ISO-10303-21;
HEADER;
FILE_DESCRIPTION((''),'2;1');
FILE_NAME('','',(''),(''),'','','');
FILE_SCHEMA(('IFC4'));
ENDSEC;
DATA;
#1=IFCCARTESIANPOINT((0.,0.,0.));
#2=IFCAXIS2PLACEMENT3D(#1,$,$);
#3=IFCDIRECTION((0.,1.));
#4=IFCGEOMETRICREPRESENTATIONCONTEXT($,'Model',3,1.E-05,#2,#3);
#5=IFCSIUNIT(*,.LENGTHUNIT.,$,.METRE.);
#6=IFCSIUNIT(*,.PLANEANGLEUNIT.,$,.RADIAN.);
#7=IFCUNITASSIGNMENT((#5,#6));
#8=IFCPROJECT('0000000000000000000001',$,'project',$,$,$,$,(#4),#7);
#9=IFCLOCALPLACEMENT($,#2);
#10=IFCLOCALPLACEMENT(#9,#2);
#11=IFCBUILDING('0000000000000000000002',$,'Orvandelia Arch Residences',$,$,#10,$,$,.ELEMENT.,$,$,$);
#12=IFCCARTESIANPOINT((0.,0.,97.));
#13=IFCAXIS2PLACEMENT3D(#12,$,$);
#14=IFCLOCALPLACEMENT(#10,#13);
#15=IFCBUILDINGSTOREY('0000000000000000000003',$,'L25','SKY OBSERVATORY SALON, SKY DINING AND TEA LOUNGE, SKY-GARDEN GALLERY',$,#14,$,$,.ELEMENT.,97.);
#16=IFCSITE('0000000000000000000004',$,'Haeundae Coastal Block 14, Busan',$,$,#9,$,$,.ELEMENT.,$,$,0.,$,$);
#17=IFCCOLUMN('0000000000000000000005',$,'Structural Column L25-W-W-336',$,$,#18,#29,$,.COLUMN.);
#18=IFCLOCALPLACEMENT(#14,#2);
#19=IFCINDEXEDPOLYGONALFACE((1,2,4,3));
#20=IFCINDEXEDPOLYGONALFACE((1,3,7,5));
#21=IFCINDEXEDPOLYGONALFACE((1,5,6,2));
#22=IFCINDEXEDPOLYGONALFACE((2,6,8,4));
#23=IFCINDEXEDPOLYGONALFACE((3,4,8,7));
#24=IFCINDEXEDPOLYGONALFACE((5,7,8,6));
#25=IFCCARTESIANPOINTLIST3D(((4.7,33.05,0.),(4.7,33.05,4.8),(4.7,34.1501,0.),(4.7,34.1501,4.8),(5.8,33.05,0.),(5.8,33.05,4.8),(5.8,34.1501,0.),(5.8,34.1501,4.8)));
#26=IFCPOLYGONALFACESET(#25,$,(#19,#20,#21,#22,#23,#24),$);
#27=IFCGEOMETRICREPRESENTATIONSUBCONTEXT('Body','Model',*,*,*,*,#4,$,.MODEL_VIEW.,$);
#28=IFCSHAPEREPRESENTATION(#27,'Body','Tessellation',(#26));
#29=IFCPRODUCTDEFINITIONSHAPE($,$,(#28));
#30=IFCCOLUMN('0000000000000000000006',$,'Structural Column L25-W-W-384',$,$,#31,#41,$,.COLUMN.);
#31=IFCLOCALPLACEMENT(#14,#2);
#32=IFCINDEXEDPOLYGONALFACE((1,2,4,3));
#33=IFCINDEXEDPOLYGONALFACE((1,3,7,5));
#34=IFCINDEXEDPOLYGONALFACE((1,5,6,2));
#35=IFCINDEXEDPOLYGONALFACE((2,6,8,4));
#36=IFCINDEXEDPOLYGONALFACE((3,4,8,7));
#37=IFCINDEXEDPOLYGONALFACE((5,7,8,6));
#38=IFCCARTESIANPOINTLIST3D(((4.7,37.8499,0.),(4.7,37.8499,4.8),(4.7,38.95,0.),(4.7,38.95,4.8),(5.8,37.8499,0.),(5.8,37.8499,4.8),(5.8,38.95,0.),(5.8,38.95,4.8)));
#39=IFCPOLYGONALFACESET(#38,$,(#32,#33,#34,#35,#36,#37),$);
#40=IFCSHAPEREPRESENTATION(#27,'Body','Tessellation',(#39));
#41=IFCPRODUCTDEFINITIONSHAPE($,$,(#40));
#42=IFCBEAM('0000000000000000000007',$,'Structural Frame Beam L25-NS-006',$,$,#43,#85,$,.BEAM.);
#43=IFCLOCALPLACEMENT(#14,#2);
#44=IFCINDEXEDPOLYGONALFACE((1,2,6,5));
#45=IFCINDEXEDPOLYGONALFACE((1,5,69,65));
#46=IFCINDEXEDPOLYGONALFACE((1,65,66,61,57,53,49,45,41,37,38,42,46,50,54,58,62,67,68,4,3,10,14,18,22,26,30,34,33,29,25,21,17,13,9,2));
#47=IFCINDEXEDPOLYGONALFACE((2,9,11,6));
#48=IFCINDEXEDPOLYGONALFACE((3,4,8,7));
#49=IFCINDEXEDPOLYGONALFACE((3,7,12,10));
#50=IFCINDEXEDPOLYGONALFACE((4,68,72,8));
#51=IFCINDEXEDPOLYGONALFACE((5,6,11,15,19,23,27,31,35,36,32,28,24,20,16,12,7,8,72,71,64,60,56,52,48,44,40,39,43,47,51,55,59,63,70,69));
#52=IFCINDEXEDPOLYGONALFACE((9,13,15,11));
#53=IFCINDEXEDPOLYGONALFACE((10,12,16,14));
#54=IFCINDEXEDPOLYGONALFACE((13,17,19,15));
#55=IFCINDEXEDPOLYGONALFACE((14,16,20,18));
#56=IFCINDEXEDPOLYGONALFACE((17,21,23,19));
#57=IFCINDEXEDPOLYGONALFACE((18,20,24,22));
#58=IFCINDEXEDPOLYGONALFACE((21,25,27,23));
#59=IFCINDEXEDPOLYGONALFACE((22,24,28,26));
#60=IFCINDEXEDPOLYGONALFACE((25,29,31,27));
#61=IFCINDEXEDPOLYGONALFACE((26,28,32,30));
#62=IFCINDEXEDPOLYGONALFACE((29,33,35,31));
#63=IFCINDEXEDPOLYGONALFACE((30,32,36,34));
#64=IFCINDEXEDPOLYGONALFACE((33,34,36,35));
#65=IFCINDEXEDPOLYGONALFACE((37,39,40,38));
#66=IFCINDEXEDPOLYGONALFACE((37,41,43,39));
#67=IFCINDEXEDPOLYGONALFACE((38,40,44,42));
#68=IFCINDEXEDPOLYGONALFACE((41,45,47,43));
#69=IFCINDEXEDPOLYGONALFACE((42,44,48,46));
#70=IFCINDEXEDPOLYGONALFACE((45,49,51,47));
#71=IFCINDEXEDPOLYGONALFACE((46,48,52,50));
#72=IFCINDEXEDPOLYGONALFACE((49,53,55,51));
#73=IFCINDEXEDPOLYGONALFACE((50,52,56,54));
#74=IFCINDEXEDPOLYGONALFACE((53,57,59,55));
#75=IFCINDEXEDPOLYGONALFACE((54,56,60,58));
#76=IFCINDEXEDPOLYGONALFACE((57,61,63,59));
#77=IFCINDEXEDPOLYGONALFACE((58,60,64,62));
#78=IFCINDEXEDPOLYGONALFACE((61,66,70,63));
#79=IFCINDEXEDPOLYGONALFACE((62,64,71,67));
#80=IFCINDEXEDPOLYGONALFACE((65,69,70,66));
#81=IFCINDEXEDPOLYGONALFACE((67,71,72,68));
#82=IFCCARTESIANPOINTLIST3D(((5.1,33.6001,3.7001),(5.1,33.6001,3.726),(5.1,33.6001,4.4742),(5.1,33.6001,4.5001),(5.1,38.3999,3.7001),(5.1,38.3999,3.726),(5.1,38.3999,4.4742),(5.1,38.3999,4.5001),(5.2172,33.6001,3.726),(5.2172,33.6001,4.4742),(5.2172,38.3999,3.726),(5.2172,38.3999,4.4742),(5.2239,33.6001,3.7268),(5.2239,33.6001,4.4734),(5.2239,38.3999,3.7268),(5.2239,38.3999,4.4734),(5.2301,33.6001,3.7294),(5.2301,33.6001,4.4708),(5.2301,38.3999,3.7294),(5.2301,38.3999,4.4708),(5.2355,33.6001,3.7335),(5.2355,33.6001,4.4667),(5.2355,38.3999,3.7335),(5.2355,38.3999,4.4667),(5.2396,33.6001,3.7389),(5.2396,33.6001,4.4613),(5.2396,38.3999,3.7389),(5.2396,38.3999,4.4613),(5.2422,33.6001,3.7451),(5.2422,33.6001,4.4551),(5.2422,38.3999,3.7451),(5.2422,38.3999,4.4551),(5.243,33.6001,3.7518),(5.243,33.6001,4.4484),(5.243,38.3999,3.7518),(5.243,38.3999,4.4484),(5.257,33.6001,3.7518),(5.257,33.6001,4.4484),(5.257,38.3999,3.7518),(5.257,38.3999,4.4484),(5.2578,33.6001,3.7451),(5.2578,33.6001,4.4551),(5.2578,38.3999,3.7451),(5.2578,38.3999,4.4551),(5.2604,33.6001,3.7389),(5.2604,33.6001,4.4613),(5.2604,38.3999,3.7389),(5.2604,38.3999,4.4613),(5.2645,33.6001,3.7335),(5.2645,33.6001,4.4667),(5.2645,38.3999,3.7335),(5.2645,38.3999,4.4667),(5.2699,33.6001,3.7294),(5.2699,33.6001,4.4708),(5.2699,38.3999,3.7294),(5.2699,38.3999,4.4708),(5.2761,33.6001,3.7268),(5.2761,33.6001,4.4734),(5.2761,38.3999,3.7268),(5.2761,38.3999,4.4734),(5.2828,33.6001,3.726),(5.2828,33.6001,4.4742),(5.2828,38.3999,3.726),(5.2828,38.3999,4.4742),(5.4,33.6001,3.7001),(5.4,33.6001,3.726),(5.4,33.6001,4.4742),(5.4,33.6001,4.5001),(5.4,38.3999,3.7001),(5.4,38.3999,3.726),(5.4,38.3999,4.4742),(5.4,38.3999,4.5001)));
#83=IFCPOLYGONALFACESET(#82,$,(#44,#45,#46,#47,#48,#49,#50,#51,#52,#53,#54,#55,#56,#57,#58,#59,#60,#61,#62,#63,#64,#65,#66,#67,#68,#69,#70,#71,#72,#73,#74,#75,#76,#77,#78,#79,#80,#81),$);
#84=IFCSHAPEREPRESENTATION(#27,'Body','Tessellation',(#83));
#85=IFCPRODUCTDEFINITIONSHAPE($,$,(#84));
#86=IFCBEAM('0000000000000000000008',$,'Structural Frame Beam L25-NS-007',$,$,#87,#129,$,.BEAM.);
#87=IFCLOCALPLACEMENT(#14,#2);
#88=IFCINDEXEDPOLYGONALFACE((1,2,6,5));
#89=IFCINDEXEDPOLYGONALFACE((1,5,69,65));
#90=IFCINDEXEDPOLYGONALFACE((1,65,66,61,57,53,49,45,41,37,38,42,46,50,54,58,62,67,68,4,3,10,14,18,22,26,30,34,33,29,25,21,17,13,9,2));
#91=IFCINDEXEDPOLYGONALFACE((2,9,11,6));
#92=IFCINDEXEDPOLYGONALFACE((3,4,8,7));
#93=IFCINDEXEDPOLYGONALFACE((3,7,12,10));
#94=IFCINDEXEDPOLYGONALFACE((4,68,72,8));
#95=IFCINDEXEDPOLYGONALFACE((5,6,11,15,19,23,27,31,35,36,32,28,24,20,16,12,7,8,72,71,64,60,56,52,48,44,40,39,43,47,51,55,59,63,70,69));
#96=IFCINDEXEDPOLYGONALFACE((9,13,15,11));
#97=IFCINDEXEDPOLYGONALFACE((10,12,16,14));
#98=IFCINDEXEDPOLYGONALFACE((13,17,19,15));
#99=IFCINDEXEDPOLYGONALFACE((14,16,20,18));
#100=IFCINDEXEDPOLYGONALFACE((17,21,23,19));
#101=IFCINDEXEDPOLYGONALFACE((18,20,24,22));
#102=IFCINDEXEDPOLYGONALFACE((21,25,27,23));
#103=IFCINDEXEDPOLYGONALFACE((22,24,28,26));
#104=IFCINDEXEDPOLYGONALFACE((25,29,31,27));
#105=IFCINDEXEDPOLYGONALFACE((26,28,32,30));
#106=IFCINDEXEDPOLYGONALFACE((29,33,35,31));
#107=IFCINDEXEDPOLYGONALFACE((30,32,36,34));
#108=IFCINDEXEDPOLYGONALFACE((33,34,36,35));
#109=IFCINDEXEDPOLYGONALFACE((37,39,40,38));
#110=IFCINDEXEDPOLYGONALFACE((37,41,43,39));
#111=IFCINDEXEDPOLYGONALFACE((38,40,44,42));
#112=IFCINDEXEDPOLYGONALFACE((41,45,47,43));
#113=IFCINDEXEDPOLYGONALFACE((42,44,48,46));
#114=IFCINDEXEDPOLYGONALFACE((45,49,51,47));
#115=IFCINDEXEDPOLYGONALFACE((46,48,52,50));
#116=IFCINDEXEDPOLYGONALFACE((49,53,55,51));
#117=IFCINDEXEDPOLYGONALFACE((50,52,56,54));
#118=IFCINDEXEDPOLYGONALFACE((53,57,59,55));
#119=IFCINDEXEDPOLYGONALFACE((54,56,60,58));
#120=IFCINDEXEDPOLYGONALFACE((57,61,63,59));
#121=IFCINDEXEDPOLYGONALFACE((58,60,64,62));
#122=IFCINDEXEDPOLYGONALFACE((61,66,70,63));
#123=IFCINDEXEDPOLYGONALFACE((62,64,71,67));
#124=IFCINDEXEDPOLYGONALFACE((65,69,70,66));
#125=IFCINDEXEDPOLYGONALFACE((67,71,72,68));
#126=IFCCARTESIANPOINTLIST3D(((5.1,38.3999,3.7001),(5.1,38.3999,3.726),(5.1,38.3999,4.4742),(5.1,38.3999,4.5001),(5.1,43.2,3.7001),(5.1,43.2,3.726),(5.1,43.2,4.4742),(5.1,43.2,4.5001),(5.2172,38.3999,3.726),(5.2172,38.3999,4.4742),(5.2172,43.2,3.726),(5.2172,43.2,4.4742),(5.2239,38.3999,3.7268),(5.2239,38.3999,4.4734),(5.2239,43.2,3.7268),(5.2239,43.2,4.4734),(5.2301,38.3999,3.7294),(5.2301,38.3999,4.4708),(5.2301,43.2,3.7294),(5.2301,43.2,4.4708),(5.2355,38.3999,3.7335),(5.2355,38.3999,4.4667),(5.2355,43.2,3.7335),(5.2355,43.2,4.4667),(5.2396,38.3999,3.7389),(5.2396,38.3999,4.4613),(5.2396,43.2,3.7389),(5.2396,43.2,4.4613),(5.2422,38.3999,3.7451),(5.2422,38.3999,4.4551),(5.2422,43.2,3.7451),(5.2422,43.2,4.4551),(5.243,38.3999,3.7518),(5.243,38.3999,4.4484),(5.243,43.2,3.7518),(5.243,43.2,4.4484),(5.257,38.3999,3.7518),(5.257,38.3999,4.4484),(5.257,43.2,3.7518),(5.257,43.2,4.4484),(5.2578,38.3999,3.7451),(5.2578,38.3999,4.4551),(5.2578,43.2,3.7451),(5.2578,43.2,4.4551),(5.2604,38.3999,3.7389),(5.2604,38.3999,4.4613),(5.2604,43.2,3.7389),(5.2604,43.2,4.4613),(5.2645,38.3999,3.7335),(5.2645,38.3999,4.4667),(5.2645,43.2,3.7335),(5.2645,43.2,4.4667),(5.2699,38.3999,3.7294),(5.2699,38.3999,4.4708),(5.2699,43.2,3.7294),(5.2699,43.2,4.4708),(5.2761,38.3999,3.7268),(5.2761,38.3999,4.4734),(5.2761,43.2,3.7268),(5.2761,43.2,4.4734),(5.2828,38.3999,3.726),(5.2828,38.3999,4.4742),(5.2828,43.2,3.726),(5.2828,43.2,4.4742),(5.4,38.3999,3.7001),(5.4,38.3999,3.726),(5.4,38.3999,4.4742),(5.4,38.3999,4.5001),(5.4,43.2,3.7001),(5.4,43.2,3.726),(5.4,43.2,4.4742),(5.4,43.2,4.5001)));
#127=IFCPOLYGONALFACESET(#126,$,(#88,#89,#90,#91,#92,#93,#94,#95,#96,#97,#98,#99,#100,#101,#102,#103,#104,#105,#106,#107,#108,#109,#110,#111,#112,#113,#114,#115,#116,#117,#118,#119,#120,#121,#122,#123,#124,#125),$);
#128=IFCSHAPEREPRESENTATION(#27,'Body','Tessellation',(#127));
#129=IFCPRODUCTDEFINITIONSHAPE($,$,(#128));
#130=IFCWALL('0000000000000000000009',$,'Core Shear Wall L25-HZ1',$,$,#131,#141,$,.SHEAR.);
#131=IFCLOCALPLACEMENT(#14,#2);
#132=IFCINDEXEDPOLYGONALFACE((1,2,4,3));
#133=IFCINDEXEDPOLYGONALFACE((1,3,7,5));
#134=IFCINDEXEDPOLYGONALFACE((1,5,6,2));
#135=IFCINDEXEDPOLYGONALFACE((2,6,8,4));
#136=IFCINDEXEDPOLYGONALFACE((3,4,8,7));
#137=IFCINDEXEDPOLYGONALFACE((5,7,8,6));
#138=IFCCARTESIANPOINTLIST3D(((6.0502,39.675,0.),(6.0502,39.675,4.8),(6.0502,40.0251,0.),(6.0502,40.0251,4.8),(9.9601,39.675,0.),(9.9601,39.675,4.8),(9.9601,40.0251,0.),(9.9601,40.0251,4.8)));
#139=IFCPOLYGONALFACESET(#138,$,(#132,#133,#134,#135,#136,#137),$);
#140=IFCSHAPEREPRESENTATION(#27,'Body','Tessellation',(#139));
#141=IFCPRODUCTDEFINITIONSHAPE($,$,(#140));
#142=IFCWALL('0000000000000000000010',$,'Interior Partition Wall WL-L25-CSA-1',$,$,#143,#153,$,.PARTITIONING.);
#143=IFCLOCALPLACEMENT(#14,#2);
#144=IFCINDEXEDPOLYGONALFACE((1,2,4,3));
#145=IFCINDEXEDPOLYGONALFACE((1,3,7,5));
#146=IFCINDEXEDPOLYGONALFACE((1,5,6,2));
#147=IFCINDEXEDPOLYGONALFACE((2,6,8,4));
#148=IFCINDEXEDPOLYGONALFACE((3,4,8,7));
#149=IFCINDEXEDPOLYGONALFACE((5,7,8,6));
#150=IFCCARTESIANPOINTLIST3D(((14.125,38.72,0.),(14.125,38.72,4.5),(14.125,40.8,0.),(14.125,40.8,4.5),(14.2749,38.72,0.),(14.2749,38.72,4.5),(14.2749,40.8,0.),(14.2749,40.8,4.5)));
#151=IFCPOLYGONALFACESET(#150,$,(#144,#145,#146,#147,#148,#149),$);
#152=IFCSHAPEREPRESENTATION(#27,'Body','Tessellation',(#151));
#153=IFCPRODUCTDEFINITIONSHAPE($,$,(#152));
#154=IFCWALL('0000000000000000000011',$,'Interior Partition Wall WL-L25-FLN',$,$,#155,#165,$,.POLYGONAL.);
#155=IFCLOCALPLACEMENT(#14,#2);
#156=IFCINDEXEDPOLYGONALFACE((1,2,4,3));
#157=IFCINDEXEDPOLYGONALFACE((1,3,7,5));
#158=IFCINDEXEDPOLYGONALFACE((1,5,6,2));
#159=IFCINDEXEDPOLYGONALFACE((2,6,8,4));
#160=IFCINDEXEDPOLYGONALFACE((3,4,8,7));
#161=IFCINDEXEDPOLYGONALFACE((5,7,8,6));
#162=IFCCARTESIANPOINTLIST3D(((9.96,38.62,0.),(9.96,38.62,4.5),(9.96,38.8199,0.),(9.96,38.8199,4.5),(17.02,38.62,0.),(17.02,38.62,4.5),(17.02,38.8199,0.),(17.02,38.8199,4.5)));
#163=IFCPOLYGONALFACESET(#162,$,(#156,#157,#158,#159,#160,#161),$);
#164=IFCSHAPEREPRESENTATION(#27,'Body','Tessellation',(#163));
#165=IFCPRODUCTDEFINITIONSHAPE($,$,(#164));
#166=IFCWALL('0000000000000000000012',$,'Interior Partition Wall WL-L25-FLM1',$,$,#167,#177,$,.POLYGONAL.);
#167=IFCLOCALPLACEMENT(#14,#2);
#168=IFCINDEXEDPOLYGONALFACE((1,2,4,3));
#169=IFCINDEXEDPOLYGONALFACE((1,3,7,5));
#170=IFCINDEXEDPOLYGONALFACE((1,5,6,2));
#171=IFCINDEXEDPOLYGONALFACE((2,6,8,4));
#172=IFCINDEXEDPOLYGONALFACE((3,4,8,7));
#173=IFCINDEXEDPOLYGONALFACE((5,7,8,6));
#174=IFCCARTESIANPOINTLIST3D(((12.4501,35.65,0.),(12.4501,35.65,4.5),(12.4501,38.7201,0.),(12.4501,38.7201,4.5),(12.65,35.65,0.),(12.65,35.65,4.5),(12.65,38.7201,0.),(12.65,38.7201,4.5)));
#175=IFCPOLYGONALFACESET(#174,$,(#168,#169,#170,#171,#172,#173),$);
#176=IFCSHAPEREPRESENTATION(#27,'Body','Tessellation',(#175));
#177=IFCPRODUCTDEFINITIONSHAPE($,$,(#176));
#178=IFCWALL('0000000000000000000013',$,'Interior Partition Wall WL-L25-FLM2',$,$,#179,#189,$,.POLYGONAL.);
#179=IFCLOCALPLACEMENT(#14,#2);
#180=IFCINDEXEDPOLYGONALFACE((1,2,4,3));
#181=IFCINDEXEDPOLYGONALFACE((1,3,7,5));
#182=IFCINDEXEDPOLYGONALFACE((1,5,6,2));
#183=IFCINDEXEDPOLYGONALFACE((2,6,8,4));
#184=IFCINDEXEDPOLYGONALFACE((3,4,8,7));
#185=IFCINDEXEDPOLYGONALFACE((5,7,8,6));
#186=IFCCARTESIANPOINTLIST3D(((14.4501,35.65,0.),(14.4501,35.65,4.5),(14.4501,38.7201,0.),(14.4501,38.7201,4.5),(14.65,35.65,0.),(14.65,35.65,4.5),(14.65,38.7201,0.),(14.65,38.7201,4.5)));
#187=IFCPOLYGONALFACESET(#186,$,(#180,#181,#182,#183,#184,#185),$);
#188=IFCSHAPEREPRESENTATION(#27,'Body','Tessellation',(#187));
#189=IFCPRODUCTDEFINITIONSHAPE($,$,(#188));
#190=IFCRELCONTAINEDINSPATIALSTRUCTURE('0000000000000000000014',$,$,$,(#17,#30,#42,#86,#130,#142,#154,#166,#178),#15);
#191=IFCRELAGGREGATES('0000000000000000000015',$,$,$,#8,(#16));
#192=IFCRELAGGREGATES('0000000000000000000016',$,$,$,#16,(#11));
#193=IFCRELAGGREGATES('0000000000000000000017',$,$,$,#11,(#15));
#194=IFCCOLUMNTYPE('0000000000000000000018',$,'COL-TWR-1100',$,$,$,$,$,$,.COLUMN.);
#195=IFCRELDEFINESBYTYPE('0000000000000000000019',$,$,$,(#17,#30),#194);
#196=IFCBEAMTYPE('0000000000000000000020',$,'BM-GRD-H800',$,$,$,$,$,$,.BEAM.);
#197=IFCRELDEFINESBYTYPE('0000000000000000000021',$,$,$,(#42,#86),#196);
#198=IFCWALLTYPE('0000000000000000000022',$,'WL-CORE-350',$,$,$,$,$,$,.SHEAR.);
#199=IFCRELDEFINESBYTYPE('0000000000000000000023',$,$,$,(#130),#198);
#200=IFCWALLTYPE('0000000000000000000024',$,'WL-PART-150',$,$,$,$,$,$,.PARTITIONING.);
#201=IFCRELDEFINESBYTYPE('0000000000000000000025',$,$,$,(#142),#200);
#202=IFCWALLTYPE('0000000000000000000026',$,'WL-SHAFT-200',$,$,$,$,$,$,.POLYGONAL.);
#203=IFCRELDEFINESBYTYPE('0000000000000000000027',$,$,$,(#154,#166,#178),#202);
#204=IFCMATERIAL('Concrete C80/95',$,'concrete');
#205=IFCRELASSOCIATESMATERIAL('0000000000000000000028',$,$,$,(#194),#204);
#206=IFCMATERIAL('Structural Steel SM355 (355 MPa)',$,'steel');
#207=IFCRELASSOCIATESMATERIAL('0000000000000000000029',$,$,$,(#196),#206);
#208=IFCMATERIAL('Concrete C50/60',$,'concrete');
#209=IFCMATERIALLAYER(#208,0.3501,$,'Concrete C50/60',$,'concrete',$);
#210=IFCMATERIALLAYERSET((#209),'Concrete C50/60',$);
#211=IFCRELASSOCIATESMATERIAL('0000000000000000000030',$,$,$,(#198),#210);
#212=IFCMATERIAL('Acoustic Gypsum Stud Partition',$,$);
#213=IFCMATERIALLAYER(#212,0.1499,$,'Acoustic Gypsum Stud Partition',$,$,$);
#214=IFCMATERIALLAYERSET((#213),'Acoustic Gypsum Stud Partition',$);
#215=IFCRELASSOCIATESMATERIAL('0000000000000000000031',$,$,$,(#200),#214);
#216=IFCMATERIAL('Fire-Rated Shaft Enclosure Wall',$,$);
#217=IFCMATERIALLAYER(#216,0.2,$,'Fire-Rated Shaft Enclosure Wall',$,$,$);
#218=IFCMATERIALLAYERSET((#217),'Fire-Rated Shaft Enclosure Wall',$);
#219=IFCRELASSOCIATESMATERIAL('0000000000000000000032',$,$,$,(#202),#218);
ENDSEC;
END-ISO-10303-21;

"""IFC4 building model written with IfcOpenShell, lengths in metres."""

from ifc_helpers import new_model, si_unit, direction, frame, frame_2d, origin, origin_2d, place, context, subcontext, project, spatial, rectangle, i_section, extrude, material, layer, layer_set, material_profile, profile_set, type_object, element, save


model = new_model("IFC4")

# Units and contexts
model_context = context("Model", 3, precision=1e-05, world=origin(), true_north=direction((0.0, 1.0)))
body_context = subcontext(model_context, "Body", "Model", "MODEL_VIEW")
ifc_project = project(units=[si_unit("LENGTHUNIT", "METRE"), si_unit("PLANEANGLEUNIT", "RADIAN")], contexts=[model_context])

# Site, building, storey
site_placement = place(None, origin())
site = spatial("IfcSite", under=ifc_project, at=site_placement, Name="Haeundae Coastal Block 14, Busan", CompositionType="ELEMENT", RefElevation=0.0)
building_placement = place(site_placement, origin())
building = spatial("IfcBuilding", under=site, at=building_placement, Name="Orvandelia Arch Residences", CompositionType="ELEMENT")
storey_placement = place(building_placement, frame((0.0, 0.0, 97.0)))
storey = spatial("IfcBuildingStorey", under=building, at=storey_placement, Name="L25", Description="SKY OBSERVATORY SALON, SKY DINING AND TEA LOUNGE, SKY-GARDEN GALLERY", CompositionType="ELEMENT", Elevation=97.0)

# Columns
ifc_material_1 = material(Name="Concrete C80/95", Category="concrete")
ifc_material_profile_1 = material_profile(ifc_material_1, rectangle(XDim=1.1001, YDim=1.1001, at=origin_2d()), Name="Concrete C80/95", Category="concrete")
ifc_profile_set_1 = profile_set([ifc_material_profile_1], Name="Concrete C80/95")
column_type = type_object("IfcColumnType", Name="COL-TWR-1100", PredefinedType="COLUMN", material=ifc_profile_set_1)
for number, where, z_axis, x_axis, name in (
    (1, (5.25, 33.6001, 0.0), (0.0, 0.0, 1.0), (1.0, 0.0, 0.0), "Structural Column L25-W-W-336"),
    (2, (5.25, 38.3999, 0.0), (0.0, 0.0, 1.0), (1.0, 0.0, 0.0), "Structural Column L25-W-W-384"),
):
    element("IfcColumn", number, at=place(storey_placement, frame(where, z_axis=z_axis, x_axis=x_axis)), inside=storey, type_object=column_type, Name=name, PredefinedType="COLUMN", context=body_context, shape_type="SweptSolid", body=[
        extrude(rectangle(XDim=1.1001, YDim=1.1001, at=origin_2d()), origin(), (0.0, 0.0, 1.0), 4.8),
    ])

# Beams
ifc_material_2 = material(Name="Structural Steel SM355 (355 MPa)", Category="steel")
ifc_material_profile_2 = material_profile(ifc_material_2, i_section(OverallWidth=0.3, OverallDepth=0.8, WebThickness=0.0139, FlangeThickness=0.0259, FilletRadius=0.0259, at=origin_2d()), Name="Structural Steel SM355 (355 MPa)", Category="steel")
ifc_profile_set_2 = profile_set([ifc_material_profile_2], Name="Structural Steel SM355 (355 MPa)")
beam_type = type_object("IfcBeamType", Name="BM-GRD-H800", PredefinedType="BEAM", material=ifc_profile_set_2)
beam_1_placement = place(storey_placement, frame((5.25, 33.6001, 4.1001), z_axis=(0.0, 1.0, 0.0), x_axis=(-1.0, 0.0, 0.0)))
element("IfcBeam", 3, at=beam_1_placement, inside=storey, type_object=beam_type, Name="Structural Frame Beam L25-NS-006", PredefinedType="BEAM", context=body_context, shape_type="SweptSolid", body=[
    extrude(i_section(OverallWidth=0.3, OverallDepth=0.8, WebThickness=0.0139, FlangeThickness=0.0259, FilletRadius=0.0259, at=origin_2d()), origin(), (0.0, 0.0, 1.0), 4.7998),
])
beam_2_placement = place(storey_placement, frame((5.25, 38.3999, 4.1001), z_axis=(0.0, 1.0, 0.0), x_axis=(-1.0, 0.0, 0.0)))
element("IfcBeam", 4, at=beam_2_placement, inside=storey, type_object=beam_type, Name="Structural Frame Beam L25-NS-007", PredefinedType="BEAM", context=body_context, shape_type="SweptSolid", body=[
    extrude(i_section(OverallWidth=0.3, OverallDepth=0.8, WebThickness=0.0139, FlangeThickness=0.0259, FilletRadius=0.0259, at=origin_2d()), origin(), (0.0, 0.0, 1.0), 4.8),
])

# Wall
ifc_material_3 = material(Name="Concrete C50/60", Category="concrete")
ifc_layer_1 = layer(ifc_material_3, 0.3501, Name="Concrete C50/60", Category="concrete")
ifc_layer_set_1 = layer_set([ifc_layer_1], Name="Concrete C50/60")
wall_type_1 = type_object("IfcWallType", Name="WL-CORE-350", PredefinedType="SHEAR", material=ifc_layer_set_1)
wall_1_placement = place(storey_placement, frame((6.05, 39.8501, 0.0), z_axis=(0.0, 0.0, 1.0), x_axis=(1.0, 0.0, 0.0)))
element("IfcWall", 5, at=wall_1_placement, inside=storey, type_object=wall_type_1, Name="Core Shear Wall L25-HZ1", PredefinedType="SHEAR", context=body_context, shape_type="SweptSolid", body=[
    extrude(rectangle(XDim=3.9099, YDim=0.3501, at=frame_2d((1.9551, 0.0))), origin(), (0.0, 0.0, 1.0), 4.8),
])

# Walls
ifc_material_4 = material(Name="Acoustic Gypsum Stud Partition")
ifc_layer_2 = layer(ifc_material_4, 0.1499, Name="Acoustic Gypsum Stud Partition")
ifc_layer_set_2 = layer_set([ifc_layer_2], Name="Acoustic Gypsum Stud Partition")
wall_type_2 = type_object("IfcWallType", Name="WL-PART-150", PredefinedType="PARTITIONING", material=ifc_layer_set_2)
wall_2_placement = place(storey_placement, frame((14.2, 38.72, 0.0), z_axis=(0.0, 0.0, 1.0), x_axis=(0.0, 1.0, 0.0)))
element("IfcWall", 6, at=wall_2_placement, inside=storey, type_object=wall_type_2, Name="Interior Partition Wall WL-L25-CSA-1", PredefinedType="PARTITIONING", context=body_context, shape_type="SweptSolid", body=[
    extrude(rectangle(XDim=2.0801, YDim=0.1499, at=frame_2d((1.04, 0.0))), origin(), (0.0, 0.0, 1.0), 4.5),
])
ifc_material_5 = material(Name="Fire-Rated Shaft Enclosure Wall")
ifc_layer_3 = layer(ifc_material_5, 0.2, Name="Fire-Rated Shaft Enclosure Wall")
ifc_layer_set_3 = layer_set([ifc_layer_3], Name="Fire-Rated Shaft Enclosure Wall")
wall_type_3 = type_object("IfcWallType", Name="WL-SHAFT-200", PredefinedType="POLYGONAL", material=ifc_layer_set_3)
wall_3_placement = place(storey_placement, frame((9.96, 38.72, 0.0), z_axis=(0.0, 0.0, 1.0), x_axis=(1.0, 0.0, 0.0)))
element("IfcWall", 7, at=wall_3_placement, inside=storey, type_object=wall_type_3, Name="Interior Partition Wall WL-L25-FLN", PredefinedType="POLYGONAL", context=body_context, shape_type="SweptSolid", body=[
    extrude(rectangle(XDim=7.0601, YDim=0.2, at=frame_2d((3.53, 0.0))), origin(), (0.0, 0.0, 1.0), 4.5),
])
for number, where, z_axis, x_axis, name in (
    (8, (12.55, 35.6499, 0.0), (0.0, 0.0, 1.0), (0.0, 1.0, 0.0), "Interior Partition Wall WL-L25-FLM1"),
    (9, (14.55, 35.6499, 0.0), (0.0, 0.0, 1.0), (0.0, 1.0, 0.0), "Interior Partition Wall WL-L25-FLM2"),
):
    element("IfcWall", number, at=place(storey_placement, frame(where, z_axis=z_axis, x_axis=x_axis)), inside=storey, type_object=wall_type_3, Name=name, PredefinedType="POLYGONAL", context=body_context, shape_type="SweptSolid", body=[
        extrude(rectangle(XDim=3.0701, YDim=0.2, at=frame_2d((1.5352, 0.0))), origin(), (0.0, 0.0, 1.0), 4.5),
    ])

save(model, "model.ifc")
